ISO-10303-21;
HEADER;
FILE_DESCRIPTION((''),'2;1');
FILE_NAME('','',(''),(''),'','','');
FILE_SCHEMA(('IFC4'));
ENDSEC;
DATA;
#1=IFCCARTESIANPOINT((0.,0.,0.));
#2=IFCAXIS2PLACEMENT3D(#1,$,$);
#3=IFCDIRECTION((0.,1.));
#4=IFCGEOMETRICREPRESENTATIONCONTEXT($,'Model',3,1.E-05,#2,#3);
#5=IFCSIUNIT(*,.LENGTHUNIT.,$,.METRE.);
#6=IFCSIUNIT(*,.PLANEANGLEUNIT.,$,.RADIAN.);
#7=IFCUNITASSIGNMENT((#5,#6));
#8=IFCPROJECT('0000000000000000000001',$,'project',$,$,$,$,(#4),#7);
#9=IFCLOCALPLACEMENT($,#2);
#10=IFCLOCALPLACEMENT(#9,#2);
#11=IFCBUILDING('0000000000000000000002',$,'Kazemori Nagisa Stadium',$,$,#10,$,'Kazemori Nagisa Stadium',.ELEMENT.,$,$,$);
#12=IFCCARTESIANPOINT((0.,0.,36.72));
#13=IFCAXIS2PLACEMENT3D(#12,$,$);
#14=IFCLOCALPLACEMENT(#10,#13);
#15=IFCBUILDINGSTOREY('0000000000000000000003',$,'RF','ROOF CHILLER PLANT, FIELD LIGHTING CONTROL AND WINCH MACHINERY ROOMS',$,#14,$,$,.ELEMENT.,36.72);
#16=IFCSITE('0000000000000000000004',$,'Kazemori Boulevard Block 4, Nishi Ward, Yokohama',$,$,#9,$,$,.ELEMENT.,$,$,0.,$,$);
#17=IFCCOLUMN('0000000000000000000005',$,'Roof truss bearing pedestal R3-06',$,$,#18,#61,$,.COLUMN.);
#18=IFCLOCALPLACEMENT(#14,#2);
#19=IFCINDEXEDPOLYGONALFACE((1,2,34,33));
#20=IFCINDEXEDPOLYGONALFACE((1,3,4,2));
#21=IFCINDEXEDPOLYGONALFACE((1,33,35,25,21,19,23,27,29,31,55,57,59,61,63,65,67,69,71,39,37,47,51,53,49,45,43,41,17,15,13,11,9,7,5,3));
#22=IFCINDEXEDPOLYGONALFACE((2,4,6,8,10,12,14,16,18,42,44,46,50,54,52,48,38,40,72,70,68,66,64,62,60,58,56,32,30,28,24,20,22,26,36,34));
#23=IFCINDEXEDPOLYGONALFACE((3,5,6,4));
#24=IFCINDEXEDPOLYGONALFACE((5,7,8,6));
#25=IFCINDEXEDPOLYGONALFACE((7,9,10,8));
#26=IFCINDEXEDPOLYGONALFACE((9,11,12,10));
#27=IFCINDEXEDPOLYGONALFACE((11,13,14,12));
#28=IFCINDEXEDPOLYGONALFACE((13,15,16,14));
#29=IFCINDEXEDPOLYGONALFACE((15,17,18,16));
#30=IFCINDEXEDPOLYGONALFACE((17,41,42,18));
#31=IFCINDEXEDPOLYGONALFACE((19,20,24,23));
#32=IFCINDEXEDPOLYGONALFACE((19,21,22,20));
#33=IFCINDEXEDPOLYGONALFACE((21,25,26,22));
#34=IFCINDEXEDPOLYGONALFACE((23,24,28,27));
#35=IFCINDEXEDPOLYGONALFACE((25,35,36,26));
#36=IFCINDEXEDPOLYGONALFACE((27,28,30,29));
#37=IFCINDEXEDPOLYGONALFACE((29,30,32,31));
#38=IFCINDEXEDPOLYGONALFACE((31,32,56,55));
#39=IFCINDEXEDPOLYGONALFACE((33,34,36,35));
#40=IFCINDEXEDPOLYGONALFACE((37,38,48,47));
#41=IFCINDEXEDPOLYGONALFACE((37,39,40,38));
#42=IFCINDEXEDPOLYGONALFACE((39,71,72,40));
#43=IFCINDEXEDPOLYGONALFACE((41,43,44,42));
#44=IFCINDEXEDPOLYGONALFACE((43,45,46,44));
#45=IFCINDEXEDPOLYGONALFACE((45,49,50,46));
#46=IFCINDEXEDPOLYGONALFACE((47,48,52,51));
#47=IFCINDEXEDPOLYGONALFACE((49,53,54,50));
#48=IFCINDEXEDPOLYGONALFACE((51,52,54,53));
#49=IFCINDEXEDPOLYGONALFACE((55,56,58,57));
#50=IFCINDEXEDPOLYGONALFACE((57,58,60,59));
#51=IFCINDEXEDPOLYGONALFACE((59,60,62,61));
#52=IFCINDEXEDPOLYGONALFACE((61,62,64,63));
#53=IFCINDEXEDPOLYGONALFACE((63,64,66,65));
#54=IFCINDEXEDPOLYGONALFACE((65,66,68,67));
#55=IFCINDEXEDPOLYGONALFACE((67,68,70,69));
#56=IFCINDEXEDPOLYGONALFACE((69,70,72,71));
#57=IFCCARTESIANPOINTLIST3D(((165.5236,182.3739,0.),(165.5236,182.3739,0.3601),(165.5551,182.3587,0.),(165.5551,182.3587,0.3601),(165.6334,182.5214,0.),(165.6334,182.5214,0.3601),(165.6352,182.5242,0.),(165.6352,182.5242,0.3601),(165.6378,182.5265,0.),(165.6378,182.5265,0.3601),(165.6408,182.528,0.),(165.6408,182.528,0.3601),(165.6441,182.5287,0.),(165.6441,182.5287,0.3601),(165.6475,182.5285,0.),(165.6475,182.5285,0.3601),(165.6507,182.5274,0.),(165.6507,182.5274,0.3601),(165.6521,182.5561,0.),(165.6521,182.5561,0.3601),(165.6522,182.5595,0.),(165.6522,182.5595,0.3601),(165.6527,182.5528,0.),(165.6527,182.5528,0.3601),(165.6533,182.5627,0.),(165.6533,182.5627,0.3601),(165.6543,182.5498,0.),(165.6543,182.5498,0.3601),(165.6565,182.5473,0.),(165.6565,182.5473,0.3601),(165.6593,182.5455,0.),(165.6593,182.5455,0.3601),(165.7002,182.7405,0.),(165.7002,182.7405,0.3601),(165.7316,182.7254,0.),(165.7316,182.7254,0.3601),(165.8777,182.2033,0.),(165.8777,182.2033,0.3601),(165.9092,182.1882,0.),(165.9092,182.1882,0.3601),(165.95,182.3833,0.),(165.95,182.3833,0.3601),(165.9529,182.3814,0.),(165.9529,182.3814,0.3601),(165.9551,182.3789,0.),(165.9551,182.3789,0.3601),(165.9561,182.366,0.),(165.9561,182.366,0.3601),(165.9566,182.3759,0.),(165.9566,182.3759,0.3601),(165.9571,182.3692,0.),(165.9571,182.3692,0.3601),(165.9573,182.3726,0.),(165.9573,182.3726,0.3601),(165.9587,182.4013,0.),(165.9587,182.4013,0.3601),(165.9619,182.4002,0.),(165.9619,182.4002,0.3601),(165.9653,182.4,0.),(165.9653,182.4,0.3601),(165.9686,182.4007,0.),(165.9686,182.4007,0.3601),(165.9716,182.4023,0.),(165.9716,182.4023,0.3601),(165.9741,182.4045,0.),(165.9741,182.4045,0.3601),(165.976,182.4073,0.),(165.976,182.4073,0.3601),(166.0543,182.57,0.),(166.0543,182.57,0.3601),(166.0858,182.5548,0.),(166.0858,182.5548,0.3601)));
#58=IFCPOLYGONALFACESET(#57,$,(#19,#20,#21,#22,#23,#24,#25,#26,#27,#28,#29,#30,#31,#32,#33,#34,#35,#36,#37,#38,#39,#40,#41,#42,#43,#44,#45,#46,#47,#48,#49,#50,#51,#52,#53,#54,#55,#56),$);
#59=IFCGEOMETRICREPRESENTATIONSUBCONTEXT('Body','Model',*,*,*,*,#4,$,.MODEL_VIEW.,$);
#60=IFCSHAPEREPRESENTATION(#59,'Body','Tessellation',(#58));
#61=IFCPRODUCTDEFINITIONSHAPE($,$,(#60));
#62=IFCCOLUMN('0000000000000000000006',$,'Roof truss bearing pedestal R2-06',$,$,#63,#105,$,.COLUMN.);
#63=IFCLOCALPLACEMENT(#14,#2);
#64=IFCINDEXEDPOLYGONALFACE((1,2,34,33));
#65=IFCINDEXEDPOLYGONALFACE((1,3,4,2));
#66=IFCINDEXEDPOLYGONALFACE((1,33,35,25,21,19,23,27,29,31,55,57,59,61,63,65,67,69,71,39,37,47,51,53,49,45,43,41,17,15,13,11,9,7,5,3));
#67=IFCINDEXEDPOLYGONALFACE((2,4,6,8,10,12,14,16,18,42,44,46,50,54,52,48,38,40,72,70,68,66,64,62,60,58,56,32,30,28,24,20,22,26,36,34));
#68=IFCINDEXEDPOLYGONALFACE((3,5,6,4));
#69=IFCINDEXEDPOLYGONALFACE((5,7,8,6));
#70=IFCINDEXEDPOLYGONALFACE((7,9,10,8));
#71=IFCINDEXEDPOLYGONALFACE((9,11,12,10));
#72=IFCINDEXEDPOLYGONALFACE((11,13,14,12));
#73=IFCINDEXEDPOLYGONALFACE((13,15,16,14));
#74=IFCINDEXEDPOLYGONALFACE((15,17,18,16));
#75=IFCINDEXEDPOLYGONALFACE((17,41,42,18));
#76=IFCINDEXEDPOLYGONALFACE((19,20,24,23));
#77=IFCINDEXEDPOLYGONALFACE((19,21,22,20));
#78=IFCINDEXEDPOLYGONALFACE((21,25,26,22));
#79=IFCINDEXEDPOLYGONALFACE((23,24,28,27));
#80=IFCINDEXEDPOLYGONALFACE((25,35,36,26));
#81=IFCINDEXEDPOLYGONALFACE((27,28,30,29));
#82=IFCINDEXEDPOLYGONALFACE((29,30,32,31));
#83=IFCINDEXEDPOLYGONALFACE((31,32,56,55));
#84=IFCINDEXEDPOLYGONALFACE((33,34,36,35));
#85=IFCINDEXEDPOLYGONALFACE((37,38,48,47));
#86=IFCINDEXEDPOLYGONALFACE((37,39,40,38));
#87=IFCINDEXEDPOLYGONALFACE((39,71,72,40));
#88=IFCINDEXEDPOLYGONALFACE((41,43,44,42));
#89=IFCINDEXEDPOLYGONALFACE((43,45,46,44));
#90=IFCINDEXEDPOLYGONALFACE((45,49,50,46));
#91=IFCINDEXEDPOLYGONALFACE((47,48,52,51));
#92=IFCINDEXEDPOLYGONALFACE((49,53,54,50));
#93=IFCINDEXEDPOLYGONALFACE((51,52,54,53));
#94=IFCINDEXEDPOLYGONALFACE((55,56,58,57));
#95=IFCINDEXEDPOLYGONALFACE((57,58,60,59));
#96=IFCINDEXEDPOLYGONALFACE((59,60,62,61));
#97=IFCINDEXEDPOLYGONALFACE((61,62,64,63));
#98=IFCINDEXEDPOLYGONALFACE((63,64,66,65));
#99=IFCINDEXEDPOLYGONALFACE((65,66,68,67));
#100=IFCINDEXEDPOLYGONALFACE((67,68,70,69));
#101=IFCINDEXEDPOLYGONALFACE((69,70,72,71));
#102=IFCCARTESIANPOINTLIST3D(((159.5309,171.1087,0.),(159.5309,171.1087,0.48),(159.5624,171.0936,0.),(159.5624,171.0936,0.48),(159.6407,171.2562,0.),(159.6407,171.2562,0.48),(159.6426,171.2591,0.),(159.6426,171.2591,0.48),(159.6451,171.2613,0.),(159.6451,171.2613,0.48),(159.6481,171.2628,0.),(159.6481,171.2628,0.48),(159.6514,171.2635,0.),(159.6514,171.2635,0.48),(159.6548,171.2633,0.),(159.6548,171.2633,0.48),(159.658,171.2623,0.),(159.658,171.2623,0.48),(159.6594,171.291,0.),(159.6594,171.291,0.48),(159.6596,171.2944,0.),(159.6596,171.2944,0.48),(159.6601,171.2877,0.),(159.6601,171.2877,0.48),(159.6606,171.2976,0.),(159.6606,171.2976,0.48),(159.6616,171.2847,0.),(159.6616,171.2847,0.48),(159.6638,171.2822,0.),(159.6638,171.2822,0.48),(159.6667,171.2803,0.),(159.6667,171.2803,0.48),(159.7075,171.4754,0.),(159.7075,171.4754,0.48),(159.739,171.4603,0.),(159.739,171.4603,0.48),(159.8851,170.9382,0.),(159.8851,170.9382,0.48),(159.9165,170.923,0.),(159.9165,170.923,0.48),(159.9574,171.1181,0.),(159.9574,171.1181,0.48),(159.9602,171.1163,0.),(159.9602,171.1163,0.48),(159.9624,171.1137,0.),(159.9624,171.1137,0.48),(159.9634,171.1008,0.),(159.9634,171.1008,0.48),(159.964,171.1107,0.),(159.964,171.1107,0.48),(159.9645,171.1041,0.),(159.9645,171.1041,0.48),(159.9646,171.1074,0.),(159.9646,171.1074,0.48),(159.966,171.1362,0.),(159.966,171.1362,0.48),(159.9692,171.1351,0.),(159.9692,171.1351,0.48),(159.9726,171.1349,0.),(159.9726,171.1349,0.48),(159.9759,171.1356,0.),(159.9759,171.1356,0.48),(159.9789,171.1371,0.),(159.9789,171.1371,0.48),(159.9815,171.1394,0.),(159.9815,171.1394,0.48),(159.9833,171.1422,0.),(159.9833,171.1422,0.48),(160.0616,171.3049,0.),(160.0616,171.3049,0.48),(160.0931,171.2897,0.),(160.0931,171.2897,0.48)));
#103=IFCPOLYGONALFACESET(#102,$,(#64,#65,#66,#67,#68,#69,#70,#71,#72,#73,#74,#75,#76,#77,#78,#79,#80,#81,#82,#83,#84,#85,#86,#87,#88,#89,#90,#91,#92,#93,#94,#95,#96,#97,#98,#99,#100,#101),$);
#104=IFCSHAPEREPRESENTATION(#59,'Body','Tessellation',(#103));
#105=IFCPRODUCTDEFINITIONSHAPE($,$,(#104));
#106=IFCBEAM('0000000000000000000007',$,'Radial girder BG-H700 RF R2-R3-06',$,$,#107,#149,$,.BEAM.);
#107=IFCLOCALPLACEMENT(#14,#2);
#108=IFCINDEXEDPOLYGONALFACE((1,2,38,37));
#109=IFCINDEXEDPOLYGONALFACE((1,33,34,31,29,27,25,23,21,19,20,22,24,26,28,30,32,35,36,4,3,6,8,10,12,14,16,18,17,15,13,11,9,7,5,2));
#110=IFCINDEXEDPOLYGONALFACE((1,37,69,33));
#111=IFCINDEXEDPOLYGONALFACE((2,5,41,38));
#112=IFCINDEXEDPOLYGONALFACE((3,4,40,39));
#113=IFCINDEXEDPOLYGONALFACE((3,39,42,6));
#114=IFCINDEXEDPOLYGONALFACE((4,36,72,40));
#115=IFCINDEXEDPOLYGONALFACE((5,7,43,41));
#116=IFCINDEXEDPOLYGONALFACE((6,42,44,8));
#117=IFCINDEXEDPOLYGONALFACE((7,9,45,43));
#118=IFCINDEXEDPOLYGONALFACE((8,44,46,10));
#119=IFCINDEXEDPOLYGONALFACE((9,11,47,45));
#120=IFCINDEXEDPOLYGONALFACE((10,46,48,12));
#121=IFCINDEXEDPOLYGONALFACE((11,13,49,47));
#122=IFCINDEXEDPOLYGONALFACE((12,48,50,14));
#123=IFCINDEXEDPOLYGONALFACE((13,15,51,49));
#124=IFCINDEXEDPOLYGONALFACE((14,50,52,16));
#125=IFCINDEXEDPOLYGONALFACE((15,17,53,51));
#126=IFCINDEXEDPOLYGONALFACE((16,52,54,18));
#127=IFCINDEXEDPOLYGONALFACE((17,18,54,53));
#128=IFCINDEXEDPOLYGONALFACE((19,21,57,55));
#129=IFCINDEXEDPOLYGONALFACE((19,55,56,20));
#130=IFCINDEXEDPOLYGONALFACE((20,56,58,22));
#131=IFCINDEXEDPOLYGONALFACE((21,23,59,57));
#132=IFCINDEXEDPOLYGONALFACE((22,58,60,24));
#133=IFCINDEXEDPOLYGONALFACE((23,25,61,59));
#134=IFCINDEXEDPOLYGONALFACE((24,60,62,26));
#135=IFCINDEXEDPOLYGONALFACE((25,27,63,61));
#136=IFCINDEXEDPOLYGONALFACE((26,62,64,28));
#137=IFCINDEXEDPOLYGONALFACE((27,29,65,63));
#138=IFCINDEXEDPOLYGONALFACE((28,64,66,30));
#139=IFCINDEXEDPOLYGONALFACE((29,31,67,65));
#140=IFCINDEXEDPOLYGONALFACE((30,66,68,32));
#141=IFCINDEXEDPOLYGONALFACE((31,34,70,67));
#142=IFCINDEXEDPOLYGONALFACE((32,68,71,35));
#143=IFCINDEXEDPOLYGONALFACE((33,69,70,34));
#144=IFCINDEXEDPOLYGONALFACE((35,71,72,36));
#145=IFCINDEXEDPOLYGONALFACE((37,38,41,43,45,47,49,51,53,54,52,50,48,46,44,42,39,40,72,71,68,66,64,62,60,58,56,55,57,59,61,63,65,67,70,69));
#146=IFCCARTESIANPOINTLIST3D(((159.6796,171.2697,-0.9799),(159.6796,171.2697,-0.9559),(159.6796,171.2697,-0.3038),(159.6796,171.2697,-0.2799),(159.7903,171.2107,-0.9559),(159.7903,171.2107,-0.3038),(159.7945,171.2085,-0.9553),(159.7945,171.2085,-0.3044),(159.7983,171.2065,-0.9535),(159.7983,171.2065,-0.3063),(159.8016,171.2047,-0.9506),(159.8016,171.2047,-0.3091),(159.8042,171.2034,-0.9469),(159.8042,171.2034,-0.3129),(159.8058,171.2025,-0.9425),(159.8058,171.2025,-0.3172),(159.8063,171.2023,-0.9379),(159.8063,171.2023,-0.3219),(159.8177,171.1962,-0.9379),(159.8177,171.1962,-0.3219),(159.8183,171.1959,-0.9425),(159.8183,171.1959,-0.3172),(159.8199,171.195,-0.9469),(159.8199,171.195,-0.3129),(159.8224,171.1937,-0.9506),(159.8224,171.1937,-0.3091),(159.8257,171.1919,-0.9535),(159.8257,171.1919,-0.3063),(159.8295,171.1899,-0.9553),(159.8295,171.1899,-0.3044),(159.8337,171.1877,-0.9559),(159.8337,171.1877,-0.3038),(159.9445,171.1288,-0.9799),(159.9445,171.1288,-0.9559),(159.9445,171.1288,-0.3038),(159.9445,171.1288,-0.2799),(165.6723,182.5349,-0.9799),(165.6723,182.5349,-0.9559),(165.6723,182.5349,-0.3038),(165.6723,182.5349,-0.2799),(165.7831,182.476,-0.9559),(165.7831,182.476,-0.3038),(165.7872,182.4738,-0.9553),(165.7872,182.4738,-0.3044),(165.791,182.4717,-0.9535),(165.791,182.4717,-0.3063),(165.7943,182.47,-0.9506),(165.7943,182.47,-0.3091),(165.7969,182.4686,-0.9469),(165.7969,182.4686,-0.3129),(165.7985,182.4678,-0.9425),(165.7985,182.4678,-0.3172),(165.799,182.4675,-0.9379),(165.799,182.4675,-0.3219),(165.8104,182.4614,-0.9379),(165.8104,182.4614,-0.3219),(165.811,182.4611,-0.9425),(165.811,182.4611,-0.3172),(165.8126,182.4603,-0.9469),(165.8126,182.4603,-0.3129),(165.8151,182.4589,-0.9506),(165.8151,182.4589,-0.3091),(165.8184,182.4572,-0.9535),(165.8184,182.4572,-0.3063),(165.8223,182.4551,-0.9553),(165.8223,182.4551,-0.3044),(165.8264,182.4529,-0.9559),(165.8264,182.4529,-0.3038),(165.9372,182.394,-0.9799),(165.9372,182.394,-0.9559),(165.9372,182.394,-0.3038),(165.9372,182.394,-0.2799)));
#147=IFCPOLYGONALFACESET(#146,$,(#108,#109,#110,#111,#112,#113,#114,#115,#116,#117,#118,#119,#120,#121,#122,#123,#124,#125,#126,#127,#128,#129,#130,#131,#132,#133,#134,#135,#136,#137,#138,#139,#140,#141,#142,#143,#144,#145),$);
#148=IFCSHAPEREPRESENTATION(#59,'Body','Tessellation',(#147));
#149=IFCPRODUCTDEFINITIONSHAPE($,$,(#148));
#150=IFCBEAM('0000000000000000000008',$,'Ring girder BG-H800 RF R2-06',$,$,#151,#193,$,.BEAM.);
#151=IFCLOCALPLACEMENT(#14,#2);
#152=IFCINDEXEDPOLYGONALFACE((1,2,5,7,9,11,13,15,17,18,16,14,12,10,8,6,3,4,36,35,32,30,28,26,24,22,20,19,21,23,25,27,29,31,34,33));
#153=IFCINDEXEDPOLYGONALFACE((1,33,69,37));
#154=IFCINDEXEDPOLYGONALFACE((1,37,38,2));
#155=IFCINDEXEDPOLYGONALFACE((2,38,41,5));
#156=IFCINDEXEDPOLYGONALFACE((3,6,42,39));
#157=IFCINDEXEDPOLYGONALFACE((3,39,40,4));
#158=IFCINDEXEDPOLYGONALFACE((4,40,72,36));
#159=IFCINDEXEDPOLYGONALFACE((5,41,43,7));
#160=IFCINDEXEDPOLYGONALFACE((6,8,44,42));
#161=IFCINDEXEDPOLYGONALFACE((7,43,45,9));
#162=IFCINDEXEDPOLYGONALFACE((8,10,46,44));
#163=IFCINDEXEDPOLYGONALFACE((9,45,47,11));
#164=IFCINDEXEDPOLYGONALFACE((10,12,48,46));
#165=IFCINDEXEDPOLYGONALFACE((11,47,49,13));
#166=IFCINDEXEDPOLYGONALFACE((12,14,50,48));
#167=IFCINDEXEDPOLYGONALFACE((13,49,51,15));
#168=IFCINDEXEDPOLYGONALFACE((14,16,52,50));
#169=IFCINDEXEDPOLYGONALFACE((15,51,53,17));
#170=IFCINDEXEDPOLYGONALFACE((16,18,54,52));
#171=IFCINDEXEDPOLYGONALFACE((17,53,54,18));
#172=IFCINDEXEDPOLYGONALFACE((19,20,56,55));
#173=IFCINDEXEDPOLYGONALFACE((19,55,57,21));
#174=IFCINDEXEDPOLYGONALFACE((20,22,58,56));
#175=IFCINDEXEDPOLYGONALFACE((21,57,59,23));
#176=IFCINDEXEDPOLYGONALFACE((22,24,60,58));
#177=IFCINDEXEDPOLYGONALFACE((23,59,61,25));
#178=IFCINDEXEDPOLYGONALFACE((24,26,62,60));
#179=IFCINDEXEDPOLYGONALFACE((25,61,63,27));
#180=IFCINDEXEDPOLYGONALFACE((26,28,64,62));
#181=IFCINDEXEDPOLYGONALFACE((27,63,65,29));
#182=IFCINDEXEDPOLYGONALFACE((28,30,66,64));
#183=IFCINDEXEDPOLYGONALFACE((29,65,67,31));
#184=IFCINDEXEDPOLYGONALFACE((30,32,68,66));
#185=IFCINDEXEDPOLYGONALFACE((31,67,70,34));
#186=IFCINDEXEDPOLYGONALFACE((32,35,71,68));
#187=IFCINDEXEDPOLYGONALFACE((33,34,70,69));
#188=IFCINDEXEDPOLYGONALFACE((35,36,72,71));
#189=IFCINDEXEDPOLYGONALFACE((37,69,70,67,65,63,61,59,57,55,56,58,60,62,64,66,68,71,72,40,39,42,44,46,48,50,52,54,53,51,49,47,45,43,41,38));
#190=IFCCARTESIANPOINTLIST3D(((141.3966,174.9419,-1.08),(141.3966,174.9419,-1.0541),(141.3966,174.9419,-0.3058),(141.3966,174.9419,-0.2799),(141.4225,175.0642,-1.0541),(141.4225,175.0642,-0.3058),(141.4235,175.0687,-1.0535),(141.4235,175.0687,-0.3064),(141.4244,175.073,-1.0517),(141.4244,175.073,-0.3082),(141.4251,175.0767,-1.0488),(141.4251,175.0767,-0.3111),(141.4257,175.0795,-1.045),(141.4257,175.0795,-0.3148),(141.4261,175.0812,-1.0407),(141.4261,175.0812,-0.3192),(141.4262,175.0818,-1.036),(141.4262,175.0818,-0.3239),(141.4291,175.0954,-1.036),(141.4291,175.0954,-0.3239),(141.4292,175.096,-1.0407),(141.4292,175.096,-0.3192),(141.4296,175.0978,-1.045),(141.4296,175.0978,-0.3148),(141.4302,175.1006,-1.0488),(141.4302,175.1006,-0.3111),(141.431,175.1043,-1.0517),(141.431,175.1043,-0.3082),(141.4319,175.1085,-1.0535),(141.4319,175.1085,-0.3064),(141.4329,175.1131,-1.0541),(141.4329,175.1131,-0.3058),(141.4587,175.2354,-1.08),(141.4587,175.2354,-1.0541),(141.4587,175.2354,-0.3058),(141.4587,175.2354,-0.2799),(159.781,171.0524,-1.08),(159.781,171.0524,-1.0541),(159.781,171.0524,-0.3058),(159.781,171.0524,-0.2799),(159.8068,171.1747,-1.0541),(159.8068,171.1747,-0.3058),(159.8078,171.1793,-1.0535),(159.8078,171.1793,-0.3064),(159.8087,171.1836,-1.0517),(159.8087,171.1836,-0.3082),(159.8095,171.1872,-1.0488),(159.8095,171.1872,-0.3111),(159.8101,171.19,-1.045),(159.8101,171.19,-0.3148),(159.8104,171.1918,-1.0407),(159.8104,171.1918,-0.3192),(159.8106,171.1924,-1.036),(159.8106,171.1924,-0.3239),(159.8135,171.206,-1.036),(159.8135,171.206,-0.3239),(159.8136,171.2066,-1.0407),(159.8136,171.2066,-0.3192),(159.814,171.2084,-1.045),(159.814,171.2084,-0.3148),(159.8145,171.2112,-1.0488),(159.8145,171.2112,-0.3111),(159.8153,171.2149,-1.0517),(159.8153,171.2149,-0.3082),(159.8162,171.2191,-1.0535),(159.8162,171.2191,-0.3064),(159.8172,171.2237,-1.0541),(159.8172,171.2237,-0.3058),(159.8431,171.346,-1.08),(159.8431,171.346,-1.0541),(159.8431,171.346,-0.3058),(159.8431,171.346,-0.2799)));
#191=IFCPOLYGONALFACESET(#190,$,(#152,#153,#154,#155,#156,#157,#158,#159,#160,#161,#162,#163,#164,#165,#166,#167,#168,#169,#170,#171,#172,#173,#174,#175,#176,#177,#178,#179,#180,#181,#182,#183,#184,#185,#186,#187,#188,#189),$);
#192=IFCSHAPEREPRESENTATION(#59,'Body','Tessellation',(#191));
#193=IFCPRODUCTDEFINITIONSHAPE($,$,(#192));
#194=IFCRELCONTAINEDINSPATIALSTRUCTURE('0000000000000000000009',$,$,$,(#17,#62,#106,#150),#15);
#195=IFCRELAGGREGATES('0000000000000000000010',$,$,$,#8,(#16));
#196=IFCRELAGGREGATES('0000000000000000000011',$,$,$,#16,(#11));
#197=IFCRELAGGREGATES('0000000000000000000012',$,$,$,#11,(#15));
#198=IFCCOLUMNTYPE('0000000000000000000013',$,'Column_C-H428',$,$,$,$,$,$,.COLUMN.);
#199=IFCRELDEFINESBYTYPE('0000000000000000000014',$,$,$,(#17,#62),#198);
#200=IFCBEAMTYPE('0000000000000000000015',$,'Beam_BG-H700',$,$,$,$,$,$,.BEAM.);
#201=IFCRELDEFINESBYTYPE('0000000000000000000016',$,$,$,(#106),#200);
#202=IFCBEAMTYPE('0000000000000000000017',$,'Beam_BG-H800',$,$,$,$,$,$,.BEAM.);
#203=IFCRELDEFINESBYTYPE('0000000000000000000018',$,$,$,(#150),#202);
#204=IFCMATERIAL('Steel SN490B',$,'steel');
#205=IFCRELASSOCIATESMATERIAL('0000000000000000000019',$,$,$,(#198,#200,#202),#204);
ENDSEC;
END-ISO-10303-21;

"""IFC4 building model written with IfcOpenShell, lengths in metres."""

from ifc_helpers import new_model, si_unit, direction, frame, origin, origin_2d, place, context, subcontext, project, spatial, i_section, extrude, material, material_profile, profile_set, type_object, element, save


model = new_model("IFC4")

# Units and contexts
model_context = context("Model", 3, precision=1e-05, world=origin(), true_north=direction((0.0, 1.0)))
body_context = subcontext(model_context, "Body", "Model", "MODEL_VIEW")
ifc_project = project(units=[si_unit("LENGTHUNIT", "METRE"), si_unit("PLANEANGLEUNIT", "RADIAN")], contexts=[model_context])

# Site, building, storey
site_placement = place(None, origin())
site = spatial("IfcSite", under=ifc_project, at=site_placement, Name="Kazemori Boulevard Block 4, Nishi Ward, Yokohama", CompositionType="ELEMENT", RefElevation=0.0)
building_placement = place(site_placement, origin())
building = spatial("IfcBuilding", under=site, at=building_placement, Name="Kazemori Nagisa Stadium", LongName="Kazemori Nagisa Stadium", CompositionType="ELEMENT")
storey_placement = place(building_placement, frame((0.0, 0.0, 36.72)))
storey = spatial("IfcBuildingStorey", under=building, at=storey_placement, Name="RF", Description="ROOF CHILLER PLANT, FIELD LIGHTING CONTROL AND WINCH MACHINERY ROOMS", CompositionType="ELEMENT", Elevation=36.72)

# Columns
ifc_material_1 = material(Name="Steel SN490B", Category="steel")
ifc_material_profile_1 = material_profile(ifc_material_1, i_section(OverallWidth=0.407, OverallDepth=0.428, WebThickness=0.02, FlangeThickness=0.0349, FilletRadius=0.0129, at=origin_2d()), Name="H-428x407x20x35")
ifc_profile_set_1 = profile_set([ifc_material_profile_1], Name="Steel SN490B")
column_type = type_object("IfcColumnType", Name="Column_C-H428", PredefinedType="COLUMN", material=ifc_profile_set_1)
column_1_placement = place(storey_placement, frame((165.8047, 182.4644, 0.0), z_axis=(0.0, 0.0, 1.0), x_axis=(0.433884, 0.900969, 0.0)))
element("IfcColumn", 1, at=column_1_placement, inside=storey, type_object=column_type, Name="Roof truss bearing pedestal R3-06", PredefinedType="COLUMN", context=body_context, shape_type="SweptSolid", body=[
    extrude(i_section(OverallWidth=0.407, OverallDepth=0.428, WebThickness=0.02, FlangeThickness=0.0349, FilletRadius=0.0129, at=origin_2d()), origin(), (0.0, 0.0, 1.0), 0.3601),
])
column_2_placement = place(storey_placement, frame((159.812, 171.1992, 0.0), z_axis=(0.0, 0.0, 1.0), x_axis=(0.433884, 0.900969, 0.0)))
element("IfcColumn", 2, at=column_2_placement, inside=storey, type_object=column_type, Name="Roof truss bearing pedestal R2-06", PredefinedType="COLUMN", context=body_context, shape_type="SweptSolid", body=[
    extrude(i_section(OverallWidth=0.407, OverallDepth=0.428, WebThickness=0.02, FlangeThickness=0.0349, FilletRadius=0.0129, at=origin_2d()), origin(), (0.0, 0.0, 1.0), 0.48),
])

# Beams
ifc_material_profile_2 = material_profile(ifc_material_1, i_section(OverallWidth=0.3, OverallDepth=0.7, WebThickness=0.0129, FlangeThickness=0.0239, FilletRadius=0.0181, at=origin_2d()), Name="H-700x300x13x24")
ifc_profile_set_2 = profile_set([ifc_material_profile_2], Name="Steel SN490B")
beam_type_1 = type_object("IfcBeamType", Name="Beam_BG-H700", PredefinedType="BEAM", material=ifc_profile_set_2)
beam_1_placement = place(storey_placement, frame((159.812, 171.1992, -0.6299), z_axis=(0.469649, 0.882853, 0.0), x_axis=(-0.882853, 0.469649, 0.0)))
element("IfcBeam", 3, at=beam_1_placement, inside=storey, type_object=beam_type_1, Name="Radial girder BG-H700 RF R2-R3-06", PredefinedType="BEAM", context=body_context, shape_type="SweptSolid", body=[
    extrude(i_section(OverallWidth=0.3, OverallDepth=0.7, WebThickness=0.0129, FlangeThickness=0.0239, FilletRadius=0.0181, at=origin_2d()), origin(), (0.0, 0.0, 1.0), 12.76),
])
ifc_material_profile_3 = material_profile(ifc_material_1, i_section(OverallWidth=0.3, OverallDepth=0.8, WebThickness=0.0139, FlangeThickness=0.0259, FilletRadius=0.0181, at=origin_2d()), Name="H-800x300x14x26")
ifc_profile_set_3 = profile_set([ifc_material_profile_3], Name="Steel SN490B")
beam_type_2 = type_object("IfcBeamType", Name="Beam_BG-H800", PredefinedType="BEAM", material=ifc_profile_set_3)
beam_2_placement = place(storey_placement, frame((159.812, 171.1992, -0.6799), z_axis=(-0.978345, 0.20698, 0.0), x_axis=(-0.20698, -0.978345, 0.0)))
element("IfcBeam", 4, at=beam_2_placement, inside=storey, type_object=beam_type_2, Name="Ring girder BG-H800 RF R2-06", PredefinedType="BEAM", context=body_context, shape_type="SweptSolid", body=[
    extrude(i_section(OverallWidth=0.3, OverallDepth=0.8, WebThickness=0.0139, FlangeThickness=0.0259, FilletRadius=0.0181, at=origin_2d()), origin(), (0.0, 0.0, 1.0), 18.7913),
])

save(model, "model.ifc")
